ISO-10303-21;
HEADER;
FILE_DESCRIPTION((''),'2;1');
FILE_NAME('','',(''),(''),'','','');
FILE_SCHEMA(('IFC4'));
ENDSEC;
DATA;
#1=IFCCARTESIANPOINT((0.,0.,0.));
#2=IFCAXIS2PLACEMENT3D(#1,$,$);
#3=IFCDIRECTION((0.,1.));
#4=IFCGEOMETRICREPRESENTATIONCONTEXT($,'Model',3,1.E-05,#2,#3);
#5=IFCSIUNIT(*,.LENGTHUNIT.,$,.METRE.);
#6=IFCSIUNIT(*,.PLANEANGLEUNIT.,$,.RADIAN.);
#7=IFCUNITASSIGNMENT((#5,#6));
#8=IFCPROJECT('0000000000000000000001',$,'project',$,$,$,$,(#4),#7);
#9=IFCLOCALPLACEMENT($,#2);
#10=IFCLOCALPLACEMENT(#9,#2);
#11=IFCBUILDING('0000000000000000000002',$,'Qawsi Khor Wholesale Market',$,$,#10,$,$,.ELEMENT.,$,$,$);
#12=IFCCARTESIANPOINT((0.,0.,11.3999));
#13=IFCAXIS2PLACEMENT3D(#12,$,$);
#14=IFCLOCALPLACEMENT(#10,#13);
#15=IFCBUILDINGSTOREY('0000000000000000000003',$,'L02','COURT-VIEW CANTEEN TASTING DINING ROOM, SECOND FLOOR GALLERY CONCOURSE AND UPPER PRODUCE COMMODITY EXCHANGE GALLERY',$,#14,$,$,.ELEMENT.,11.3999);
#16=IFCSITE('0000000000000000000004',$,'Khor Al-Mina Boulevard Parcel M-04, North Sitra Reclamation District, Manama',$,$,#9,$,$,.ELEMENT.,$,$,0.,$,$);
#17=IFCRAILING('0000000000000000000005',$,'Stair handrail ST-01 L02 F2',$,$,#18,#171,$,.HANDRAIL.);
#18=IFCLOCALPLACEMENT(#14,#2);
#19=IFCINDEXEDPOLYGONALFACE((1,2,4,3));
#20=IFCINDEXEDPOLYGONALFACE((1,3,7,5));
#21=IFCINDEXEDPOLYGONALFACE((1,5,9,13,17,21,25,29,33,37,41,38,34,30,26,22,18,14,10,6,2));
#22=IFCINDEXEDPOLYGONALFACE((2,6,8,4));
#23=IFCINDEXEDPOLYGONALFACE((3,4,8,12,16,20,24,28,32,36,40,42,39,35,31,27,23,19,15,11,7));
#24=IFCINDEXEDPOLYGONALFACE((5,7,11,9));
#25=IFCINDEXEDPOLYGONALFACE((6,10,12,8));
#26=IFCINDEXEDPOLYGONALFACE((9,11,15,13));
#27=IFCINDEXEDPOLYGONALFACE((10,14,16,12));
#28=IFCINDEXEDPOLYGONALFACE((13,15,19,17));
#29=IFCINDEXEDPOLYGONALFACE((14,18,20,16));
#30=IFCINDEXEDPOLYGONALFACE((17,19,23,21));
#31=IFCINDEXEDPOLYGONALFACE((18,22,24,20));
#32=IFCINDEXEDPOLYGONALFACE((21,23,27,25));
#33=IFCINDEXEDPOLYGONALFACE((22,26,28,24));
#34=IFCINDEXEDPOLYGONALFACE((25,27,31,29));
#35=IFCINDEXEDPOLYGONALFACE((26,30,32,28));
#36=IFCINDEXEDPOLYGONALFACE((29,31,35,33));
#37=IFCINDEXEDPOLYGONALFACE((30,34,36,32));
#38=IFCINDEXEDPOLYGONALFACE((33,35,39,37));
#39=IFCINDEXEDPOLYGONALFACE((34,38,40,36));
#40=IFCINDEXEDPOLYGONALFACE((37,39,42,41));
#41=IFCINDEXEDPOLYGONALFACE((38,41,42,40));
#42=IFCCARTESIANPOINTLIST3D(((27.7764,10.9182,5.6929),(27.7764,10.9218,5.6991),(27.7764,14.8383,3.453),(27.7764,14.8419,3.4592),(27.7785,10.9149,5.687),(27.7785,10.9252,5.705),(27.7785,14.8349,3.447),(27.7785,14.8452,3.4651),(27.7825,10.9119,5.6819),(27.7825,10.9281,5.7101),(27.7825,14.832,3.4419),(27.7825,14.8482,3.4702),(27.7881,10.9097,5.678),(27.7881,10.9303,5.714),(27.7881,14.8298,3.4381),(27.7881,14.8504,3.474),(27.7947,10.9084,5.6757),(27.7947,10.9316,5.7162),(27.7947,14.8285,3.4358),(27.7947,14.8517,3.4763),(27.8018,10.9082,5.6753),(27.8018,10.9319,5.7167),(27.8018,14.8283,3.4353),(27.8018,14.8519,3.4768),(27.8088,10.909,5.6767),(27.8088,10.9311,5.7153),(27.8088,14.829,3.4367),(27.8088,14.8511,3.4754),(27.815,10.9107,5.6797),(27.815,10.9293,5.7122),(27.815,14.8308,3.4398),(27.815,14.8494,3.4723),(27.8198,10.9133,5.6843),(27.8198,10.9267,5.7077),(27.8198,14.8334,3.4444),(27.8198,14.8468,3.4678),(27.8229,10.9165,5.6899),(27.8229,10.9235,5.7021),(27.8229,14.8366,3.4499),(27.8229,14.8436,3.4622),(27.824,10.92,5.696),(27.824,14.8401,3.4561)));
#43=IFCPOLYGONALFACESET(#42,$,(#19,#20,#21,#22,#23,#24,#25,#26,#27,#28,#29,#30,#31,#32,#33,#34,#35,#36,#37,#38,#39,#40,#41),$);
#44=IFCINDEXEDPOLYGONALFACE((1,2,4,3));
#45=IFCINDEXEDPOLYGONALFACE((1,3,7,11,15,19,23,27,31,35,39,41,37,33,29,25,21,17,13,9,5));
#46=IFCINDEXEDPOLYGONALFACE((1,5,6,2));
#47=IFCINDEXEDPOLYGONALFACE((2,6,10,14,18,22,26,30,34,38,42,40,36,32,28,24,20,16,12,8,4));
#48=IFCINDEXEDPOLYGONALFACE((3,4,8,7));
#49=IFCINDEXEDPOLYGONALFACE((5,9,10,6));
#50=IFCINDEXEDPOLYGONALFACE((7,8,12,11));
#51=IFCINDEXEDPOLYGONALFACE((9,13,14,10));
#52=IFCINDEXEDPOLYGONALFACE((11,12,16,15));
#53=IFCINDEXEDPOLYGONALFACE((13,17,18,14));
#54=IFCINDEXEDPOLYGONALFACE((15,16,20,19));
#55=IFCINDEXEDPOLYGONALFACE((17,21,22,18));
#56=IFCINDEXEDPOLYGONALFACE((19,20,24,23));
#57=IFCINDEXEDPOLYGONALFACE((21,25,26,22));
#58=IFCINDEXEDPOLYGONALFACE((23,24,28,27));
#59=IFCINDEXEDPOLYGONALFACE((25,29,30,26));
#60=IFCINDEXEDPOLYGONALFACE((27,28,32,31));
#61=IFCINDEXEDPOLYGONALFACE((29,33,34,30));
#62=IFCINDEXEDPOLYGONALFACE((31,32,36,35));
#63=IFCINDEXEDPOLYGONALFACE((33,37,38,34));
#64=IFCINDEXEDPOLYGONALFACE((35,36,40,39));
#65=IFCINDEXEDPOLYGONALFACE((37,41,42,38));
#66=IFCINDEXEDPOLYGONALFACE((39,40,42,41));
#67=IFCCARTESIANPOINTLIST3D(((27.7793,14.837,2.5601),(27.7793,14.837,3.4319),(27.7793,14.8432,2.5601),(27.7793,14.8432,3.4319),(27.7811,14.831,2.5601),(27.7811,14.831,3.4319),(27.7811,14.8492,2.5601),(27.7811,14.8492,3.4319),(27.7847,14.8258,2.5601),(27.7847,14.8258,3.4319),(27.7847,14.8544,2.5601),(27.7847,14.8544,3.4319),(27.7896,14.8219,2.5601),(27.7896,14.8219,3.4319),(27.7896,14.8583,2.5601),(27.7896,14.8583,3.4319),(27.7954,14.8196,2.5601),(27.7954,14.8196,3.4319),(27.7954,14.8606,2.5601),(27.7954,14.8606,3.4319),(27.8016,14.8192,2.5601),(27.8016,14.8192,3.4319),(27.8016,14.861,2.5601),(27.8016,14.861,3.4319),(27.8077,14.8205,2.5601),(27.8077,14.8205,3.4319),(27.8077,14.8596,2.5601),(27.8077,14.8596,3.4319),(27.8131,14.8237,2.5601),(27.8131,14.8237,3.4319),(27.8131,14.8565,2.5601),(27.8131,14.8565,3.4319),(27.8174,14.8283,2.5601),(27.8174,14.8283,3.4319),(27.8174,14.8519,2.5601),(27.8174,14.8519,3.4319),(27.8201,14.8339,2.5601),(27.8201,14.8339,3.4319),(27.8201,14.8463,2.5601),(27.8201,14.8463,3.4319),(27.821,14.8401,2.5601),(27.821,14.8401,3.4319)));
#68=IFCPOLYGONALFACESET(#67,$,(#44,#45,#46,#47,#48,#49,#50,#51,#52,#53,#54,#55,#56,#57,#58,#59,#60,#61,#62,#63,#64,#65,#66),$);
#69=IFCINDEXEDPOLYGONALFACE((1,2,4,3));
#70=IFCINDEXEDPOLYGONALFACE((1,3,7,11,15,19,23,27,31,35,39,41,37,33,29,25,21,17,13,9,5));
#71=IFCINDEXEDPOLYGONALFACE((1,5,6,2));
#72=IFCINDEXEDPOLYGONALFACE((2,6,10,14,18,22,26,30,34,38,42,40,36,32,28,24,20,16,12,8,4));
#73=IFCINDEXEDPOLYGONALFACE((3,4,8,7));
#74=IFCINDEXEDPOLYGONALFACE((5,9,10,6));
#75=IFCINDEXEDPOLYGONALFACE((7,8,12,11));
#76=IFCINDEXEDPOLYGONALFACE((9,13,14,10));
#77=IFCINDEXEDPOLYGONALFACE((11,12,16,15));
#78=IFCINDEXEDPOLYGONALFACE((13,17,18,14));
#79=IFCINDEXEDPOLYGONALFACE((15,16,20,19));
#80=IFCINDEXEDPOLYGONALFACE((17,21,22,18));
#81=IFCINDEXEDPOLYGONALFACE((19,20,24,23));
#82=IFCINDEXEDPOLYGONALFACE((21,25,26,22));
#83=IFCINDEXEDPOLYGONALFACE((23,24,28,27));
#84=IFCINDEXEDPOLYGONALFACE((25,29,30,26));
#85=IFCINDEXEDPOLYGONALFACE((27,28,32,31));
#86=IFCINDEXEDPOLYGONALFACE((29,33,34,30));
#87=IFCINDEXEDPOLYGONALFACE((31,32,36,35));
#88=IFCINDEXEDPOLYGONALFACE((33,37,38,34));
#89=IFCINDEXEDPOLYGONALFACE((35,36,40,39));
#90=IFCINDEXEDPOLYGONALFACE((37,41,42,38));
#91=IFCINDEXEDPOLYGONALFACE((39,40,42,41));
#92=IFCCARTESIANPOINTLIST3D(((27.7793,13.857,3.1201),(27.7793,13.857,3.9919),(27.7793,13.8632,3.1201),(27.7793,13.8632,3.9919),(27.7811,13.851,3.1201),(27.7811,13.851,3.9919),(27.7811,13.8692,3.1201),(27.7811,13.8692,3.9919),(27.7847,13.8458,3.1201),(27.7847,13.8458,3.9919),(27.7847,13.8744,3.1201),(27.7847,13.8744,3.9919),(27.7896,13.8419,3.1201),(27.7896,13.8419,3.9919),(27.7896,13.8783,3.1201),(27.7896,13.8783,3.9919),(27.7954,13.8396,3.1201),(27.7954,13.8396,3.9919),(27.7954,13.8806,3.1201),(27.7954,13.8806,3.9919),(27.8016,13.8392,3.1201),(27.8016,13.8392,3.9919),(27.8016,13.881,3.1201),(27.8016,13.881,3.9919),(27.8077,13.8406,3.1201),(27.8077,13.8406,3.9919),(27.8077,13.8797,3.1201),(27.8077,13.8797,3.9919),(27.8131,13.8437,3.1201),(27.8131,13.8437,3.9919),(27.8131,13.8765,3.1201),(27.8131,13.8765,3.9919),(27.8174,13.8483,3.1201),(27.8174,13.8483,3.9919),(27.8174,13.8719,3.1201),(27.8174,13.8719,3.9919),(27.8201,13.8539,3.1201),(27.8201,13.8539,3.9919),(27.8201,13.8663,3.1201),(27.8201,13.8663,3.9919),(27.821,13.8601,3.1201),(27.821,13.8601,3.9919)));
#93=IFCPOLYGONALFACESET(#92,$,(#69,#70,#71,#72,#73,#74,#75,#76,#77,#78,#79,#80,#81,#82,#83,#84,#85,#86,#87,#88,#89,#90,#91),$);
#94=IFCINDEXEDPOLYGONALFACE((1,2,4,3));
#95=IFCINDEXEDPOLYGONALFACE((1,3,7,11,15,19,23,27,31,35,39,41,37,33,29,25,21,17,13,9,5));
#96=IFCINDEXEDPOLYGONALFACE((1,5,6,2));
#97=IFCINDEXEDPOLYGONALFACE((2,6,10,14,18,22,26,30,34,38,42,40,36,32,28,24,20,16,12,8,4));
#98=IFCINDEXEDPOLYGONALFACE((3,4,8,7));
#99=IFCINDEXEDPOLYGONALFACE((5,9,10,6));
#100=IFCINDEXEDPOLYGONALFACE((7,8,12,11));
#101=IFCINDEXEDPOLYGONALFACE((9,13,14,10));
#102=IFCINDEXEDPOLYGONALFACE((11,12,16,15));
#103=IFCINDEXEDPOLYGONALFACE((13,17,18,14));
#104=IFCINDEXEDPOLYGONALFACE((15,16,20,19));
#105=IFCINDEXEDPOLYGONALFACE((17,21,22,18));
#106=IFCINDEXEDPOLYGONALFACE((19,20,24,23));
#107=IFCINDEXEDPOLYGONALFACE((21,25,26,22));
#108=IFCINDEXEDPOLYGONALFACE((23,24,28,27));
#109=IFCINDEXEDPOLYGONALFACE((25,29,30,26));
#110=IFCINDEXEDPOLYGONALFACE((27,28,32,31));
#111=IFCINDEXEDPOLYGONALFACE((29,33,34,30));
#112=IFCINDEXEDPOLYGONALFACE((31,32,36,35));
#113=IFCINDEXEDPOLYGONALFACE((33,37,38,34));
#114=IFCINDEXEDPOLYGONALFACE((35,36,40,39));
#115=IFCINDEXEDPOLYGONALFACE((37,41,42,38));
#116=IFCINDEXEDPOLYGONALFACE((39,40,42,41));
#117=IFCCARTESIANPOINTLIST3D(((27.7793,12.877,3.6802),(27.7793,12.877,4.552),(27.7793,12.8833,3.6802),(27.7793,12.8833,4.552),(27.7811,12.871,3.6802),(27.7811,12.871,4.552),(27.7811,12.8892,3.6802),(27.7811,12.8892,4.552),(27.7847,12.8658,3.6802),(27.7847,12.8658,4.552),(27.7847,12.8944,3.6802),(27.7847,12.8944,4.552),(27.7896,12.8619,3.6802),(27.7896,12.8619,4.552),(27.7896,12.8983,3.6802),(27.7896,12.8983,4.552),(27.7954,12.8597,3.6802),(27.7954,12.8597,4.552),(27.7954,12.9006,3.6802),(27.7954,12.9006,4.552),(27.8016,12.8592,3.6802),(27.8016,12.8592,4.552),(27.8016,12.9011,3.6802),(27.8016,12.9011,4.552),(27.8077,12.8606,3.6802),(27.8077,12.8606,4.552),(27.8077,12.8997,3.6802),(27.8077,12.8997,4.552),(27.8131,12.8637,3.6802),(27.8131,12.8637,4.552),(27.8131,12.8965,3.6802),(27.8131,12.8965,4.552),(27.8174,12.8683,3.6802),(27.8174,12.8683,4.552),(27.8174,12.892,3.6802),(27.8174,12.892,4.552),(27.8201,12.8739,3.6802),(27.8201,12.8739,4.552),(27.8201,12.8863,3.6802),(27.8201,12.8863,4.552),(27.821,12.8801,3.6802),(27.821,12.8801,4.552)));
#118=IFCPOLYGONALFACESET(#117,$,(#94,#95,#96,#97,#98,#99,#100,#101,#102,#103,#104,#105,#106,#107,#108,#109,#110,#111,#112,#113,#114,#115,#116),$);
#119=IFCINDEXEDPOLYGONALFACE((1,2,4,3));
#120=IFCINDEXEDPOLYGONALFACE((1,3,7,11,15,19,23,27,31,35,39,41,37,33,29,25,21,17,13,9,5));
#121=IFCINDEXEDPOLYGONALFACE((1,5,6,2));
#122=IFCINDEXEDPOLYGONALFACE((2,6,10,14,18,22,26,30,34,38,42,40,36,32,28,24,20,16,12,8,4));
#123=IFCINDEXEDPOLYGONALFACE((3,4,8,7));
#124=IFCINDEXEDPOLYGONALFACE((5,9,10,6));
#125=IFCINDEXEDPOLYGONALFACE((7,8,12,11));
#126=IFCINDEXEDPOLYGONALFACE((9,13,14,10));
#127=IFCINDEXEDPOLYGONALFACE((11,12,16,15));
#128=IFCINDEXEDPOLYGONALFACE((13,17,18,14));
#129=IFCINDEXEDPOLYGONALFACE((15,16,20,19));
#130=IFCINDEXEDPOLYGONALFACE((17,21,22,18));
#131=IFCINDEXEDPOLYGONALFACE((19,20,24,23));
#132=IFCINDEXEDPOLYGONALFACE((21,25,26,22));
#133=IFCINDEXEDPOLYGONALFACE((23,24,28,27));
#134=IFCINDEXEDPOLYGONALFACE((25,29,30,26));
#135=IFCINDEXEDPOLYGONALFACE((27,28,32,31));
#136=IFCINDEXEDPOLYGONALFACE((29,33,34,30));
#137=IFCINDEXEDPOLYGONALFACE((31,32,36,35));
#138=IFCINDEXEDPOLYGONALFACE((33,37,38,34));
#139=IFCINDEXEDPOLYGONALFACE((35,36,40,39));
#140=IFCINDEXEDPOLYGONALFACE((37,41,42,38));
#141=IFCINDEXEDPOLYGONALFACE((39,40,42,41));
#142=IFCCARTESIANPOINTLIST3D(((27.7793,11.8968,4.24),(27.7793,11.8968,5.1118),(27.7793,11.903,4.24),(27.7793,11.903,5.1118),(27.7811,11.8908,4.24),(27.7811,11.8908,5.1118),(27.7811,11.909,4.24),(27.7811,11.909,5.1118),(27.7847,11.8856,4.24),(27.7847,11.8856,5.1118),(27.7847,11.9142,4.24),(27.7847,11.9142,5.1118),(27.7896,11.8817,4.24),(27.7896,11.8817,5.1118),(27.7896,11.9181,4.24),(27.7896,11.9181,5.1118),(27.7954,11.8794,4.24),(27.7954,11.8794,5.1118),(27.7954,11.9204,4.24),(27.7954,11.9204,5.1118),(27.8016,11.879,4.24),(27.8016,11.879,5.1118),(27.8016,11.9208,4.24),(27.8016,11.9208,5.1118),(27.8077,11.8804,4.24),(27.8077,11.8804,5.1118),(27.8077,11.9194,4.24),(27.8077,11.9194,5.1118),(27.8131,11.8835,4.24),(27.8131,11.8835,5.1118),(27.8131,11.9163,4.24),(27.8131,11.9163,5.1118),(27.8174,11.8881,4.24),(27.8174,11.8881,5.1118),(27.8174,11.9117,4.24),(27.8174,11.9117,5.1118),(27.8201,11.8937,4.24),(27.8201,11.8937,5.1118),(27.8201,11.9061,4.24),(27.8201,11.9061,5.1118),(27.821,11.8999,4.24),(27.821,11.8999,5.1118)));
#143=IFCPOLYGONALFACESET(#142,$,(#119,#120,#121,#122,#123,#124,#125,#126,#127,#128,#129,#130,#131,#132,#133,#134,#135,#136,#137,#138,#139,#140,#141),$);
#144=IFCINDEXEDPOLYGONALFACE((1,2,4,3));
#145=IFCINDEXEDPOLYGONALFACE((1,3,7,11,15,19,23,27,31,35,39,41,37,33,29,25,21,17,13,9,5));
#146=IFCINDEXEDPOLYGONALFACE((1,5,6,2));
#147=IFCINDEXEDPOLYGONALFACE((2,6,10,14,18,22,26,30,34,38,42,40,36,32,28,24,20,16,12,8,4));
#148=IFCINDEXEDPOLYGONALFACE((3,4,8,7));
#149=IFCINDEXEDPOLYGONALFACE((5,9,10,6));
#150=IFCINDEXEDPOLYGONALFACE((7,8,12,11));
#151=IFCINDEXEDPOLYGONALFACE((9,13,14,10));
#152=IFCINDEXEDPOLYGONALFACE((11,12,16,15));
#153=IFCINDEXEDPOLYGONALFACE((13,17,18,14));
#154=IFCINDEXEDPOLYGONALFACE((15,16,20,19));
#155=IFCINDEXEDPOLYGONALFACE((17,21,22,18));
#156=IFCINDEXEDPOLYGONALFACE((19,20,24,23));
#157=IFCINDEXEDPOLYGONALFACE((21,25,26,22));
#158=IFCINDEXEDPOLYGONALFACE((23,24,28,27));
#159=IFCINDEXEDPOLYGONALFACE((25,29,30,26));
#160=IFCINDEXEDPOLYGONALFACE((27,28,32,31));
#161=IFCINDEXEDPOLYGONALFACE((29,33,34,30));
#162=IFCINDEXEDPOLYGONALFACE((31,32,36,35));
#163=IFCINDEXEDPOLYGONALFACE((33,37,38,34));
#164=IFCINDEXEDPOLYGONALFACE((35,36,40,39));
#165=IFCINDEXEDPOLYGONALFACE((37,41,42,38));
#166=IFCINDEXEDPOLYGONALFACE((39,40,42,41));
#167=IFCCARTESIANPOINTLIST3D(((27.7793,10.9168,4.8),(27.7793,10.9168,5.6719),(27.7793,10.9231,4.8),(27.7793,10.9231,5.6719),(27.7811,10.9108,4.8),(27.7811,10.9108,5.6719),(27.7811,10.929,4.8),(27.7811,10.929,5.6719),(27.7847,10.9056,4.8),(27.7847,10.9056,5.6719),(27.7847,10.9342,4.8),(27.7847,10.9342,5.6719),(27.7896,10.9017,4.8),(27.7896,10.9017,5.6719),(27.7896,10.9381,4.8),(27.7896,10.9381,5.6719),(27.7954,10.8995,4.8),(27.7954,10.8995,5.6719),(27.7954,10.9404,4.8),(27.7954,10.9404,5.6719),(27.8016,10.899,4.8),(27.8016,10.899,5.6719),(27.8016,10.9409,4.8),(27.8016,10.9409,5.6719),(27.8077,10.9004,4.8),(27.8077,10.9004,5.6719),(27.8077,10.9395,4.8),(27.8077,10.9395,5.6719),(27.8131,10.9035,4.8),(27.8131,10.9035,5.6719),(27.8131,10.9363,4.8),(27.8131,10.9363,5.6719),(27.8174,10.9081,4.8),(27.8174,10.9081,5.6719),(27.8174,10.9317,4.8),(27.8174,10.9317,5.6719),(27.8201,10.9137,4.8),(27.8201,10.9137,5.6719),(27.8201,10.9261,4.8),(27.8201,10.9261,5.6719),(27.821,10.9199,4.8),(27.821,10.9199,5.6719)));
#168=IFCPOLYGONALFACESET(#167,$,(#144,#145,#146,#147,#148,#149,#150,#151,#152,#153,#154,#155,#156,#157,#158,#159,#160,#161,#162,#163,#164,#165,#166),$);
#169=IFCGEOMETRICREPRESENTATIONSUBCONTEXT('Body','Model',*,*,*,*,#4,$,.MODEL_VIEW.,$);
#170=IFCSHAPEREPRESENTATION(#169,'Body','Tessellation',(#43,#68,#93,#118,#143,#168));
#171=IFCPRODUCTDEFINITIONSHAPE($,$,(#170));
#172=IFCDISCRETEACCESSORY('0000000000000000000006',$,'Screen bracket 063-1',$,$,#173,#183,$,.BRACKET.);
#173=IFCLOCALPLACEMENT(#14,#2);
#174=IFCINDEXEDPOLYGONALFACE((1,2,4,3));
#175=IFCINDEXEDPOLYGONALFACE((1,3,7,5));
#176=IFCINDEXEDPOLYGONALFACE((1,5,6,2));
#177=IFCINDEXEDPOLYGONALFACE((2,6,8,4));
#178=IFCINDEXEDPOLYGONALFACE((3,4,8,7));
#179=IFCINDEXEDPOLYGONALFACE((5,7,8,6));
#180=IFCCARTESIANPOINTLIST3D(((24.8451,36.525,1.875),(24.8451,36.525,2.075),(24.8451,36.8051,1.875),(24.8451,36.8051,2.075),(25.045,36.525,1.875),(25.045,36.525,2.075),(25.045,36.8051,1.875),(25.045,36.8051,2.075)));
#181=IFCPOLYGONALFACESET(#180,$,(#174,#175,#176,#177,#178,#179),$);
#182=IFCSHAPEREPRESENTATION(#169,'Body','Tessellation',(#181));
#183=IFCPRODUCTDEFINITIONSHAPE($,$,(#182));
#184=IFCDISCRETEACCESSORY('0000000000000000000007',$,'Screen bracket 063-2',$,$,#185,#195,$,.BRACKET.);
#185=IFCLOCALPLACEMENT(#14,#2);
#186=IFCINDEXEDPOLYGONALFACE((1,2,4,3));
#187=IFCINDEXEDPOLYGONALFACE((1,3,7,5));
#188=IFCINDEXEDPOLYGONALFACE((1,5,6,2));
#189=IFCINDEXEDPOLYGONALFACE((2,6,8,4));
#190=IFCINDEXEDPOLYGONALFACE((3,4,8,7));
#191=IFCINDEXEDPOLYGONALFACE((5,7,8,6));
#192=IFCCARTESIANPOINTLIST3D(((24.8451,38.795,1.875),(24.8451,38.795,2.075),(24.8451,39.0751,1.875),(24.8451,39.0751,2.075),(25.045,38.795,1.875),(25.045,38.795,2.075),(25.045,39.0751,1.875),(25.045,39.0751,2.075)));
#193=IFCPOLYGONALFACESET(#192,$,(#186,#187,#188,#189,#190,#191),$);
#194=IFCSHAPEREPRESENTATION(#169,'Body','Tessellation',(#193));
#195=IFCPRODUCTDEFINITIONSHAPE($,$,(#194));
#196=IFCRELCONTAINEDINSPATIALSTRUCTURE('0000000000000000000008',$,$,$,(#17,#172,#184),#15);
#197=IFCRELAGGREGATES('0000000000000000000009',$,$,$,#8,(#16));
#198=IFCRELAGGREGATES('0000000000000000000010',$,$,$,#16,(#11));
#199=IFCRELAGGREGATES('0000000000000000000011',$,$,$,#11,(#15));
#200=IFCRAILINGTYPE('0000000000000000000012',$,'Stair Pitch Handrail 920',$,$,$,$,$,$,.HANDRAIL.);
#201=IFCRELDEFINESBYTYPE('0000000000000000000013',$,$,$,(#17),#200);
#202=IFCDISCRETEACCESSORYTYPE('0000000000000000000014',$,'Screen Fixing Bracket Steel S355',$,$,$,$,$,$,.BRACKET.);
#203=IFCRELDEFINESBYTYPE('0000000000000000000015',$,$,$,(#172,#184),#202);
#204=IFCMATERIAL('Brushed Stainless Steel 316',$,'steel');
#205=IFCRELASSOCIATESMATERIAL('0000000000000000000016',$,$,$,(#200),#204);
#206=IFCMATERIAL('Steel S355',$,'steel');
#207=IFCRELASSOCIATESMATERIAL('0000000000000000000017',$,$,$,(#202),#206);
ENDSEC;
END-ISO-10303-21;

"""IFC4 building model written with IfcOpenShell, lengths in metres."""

from ifc_helpers import new_model, si_unit, direction, frame, origin, origin_2d, place, context, subcontext, project, spatial, rectangle, circle, extrude, material, type_object, element, save


model = new_model("IFC4")

# Units and contexts
model_context = context("Model", 3, precision=1e-05, world=origin(), true_north=direction((0.0, 1.0)))
body_context = subcontext(model_context, "Body", "Model", "MODEL_VIEW")
ifc_project = project(units=[si_unit("LENGTHUNIT", "METRE"), si_unit("PLANEANGLEUNIT", "RADIAN")], contexts=[model_context])

# Site, building, storey
site_placement = place(None, origin())
site = spatial("IfcSite", under=ifc_project, at=site_placement, Name="Khor Al-Mina Boulevard Parcel M-04, North Sitra Reclamation District, Manama", CompositionType="ELEMENT", RefElevation=0.0)
building_placement = place(site_placement, origin())
building = spatial("IfcBuilding", under=site, at=building_placement, Name="Qawsi Khor Wholesale Market", CompositionType="ELEMENT")
storey_placement = place(building_placement, frame((0.0, 0.0, 11.3999)))
storey = spatial("IfcBuildingStorey", under=building, at=storey_placement, Name="L02", Description="COURT-VIEW CANTEEN TASTING DINING ROOM, SECOND FLOOR GALLERY CONCOURSE AND UPPER PRODUCE COMMODITY EXCHANGE GALLERY", CompositionType="ELEMENT", Elevation=11.3999)

# Shared definitions
ifc_material_1 = material(Name="Steel S355", Category="steel")

# Railing
ifc_material_2 = material(Name="Brushed Stainless Steel 316", Category="steel")
railing_type_1 = type_object("IfcRailingType", Name="Stair Pitch Handrail 920", PredefinedType="HANDRAIL", material=ifc_material_2)
railing_1_placement = place(storey_placement, frame((27.8, 14.8401, 2.5601)))
element("IfcRailing", 1, at=railing_1_placement, inside=storey, type_object=railing_type_1, Name="Stair handrail ST-01 L02 F2", PredefinedType="HANDRAIL", context=body_context, shape_type="SweptSolid", body=[
    extrude(circle(Radius=0.0239, at=origin_2d()), frame((0.0, 0.0, 0.896), z_axis=(0.0, -0.868253, 0.496121), x_axis=(1.0, 0.0, 0.0)), (0.0, 0.0, 1.0), 4.5149),
    extrude(circle(Radius=0.021, at=origin_2d()), origin(), (0.0, 0.0, 1.0), 0.8718),
    extrude(circle(Radius=0.021, at=origin_2d()), frame((0.0, -0.98, 0.5601)), (0.0, 0.0, 1.0), 0.8718),
    extrude(circle(Radius=0.021, at=origin_2d()), frame((0.0, -1.96, 1.1201)), (0.0, 0.0, 1.0), 0.8718),
    extrude(circle(Radius=0.021, at=origin_2d()), frame((0.0, -2.9402, 1.6799)), (0.0, 0.0, 1.0), 0.8718),
    extrude(circle(Radius=0.021, at=origin_2d()), frame((0.0, -3.9202, 2.24)), (0.0, 0.0, 1.0), 0.8718),
])

# Discrete accessories
discrete_accessory_type = type_object("IfcDiscreteAccessoryType", Name="Screen Fixing Bracket Steel S355", PredefinedType="BRACKET", material=ifc_material_1)
for number, where, z_axis, x_axis, name in (
    (2, (24.9451, 36.665, 1.875), (0.0, 0.0, 1.0), (1.0, 0.0, 0.0), "Screen bracket 063-1"),
    (3, (24.9451, 38.9351, 1.875), (0.0, 0.0, 1.0), (1.0, 0.0, 0.0), "Screen bracket 063-2"),
):
    element("IfcDiscreteAccessory", number, at=place(storey_placement, frame(where, z_axis=z_axis, x_axis=x_axis)), inside=storey, type_object=discrete_accessory_type, Name=name, PredefinedType="BRACKET", context=body_context, shape_type="SweptSolid", body=[
        extrude(rectangle(XDim=0.2, YDim=0.28, at=origin_2d()), origin(), (0.0, 0.0, 1.0), 0.2),
    ])

save(model, "model.ifc")
